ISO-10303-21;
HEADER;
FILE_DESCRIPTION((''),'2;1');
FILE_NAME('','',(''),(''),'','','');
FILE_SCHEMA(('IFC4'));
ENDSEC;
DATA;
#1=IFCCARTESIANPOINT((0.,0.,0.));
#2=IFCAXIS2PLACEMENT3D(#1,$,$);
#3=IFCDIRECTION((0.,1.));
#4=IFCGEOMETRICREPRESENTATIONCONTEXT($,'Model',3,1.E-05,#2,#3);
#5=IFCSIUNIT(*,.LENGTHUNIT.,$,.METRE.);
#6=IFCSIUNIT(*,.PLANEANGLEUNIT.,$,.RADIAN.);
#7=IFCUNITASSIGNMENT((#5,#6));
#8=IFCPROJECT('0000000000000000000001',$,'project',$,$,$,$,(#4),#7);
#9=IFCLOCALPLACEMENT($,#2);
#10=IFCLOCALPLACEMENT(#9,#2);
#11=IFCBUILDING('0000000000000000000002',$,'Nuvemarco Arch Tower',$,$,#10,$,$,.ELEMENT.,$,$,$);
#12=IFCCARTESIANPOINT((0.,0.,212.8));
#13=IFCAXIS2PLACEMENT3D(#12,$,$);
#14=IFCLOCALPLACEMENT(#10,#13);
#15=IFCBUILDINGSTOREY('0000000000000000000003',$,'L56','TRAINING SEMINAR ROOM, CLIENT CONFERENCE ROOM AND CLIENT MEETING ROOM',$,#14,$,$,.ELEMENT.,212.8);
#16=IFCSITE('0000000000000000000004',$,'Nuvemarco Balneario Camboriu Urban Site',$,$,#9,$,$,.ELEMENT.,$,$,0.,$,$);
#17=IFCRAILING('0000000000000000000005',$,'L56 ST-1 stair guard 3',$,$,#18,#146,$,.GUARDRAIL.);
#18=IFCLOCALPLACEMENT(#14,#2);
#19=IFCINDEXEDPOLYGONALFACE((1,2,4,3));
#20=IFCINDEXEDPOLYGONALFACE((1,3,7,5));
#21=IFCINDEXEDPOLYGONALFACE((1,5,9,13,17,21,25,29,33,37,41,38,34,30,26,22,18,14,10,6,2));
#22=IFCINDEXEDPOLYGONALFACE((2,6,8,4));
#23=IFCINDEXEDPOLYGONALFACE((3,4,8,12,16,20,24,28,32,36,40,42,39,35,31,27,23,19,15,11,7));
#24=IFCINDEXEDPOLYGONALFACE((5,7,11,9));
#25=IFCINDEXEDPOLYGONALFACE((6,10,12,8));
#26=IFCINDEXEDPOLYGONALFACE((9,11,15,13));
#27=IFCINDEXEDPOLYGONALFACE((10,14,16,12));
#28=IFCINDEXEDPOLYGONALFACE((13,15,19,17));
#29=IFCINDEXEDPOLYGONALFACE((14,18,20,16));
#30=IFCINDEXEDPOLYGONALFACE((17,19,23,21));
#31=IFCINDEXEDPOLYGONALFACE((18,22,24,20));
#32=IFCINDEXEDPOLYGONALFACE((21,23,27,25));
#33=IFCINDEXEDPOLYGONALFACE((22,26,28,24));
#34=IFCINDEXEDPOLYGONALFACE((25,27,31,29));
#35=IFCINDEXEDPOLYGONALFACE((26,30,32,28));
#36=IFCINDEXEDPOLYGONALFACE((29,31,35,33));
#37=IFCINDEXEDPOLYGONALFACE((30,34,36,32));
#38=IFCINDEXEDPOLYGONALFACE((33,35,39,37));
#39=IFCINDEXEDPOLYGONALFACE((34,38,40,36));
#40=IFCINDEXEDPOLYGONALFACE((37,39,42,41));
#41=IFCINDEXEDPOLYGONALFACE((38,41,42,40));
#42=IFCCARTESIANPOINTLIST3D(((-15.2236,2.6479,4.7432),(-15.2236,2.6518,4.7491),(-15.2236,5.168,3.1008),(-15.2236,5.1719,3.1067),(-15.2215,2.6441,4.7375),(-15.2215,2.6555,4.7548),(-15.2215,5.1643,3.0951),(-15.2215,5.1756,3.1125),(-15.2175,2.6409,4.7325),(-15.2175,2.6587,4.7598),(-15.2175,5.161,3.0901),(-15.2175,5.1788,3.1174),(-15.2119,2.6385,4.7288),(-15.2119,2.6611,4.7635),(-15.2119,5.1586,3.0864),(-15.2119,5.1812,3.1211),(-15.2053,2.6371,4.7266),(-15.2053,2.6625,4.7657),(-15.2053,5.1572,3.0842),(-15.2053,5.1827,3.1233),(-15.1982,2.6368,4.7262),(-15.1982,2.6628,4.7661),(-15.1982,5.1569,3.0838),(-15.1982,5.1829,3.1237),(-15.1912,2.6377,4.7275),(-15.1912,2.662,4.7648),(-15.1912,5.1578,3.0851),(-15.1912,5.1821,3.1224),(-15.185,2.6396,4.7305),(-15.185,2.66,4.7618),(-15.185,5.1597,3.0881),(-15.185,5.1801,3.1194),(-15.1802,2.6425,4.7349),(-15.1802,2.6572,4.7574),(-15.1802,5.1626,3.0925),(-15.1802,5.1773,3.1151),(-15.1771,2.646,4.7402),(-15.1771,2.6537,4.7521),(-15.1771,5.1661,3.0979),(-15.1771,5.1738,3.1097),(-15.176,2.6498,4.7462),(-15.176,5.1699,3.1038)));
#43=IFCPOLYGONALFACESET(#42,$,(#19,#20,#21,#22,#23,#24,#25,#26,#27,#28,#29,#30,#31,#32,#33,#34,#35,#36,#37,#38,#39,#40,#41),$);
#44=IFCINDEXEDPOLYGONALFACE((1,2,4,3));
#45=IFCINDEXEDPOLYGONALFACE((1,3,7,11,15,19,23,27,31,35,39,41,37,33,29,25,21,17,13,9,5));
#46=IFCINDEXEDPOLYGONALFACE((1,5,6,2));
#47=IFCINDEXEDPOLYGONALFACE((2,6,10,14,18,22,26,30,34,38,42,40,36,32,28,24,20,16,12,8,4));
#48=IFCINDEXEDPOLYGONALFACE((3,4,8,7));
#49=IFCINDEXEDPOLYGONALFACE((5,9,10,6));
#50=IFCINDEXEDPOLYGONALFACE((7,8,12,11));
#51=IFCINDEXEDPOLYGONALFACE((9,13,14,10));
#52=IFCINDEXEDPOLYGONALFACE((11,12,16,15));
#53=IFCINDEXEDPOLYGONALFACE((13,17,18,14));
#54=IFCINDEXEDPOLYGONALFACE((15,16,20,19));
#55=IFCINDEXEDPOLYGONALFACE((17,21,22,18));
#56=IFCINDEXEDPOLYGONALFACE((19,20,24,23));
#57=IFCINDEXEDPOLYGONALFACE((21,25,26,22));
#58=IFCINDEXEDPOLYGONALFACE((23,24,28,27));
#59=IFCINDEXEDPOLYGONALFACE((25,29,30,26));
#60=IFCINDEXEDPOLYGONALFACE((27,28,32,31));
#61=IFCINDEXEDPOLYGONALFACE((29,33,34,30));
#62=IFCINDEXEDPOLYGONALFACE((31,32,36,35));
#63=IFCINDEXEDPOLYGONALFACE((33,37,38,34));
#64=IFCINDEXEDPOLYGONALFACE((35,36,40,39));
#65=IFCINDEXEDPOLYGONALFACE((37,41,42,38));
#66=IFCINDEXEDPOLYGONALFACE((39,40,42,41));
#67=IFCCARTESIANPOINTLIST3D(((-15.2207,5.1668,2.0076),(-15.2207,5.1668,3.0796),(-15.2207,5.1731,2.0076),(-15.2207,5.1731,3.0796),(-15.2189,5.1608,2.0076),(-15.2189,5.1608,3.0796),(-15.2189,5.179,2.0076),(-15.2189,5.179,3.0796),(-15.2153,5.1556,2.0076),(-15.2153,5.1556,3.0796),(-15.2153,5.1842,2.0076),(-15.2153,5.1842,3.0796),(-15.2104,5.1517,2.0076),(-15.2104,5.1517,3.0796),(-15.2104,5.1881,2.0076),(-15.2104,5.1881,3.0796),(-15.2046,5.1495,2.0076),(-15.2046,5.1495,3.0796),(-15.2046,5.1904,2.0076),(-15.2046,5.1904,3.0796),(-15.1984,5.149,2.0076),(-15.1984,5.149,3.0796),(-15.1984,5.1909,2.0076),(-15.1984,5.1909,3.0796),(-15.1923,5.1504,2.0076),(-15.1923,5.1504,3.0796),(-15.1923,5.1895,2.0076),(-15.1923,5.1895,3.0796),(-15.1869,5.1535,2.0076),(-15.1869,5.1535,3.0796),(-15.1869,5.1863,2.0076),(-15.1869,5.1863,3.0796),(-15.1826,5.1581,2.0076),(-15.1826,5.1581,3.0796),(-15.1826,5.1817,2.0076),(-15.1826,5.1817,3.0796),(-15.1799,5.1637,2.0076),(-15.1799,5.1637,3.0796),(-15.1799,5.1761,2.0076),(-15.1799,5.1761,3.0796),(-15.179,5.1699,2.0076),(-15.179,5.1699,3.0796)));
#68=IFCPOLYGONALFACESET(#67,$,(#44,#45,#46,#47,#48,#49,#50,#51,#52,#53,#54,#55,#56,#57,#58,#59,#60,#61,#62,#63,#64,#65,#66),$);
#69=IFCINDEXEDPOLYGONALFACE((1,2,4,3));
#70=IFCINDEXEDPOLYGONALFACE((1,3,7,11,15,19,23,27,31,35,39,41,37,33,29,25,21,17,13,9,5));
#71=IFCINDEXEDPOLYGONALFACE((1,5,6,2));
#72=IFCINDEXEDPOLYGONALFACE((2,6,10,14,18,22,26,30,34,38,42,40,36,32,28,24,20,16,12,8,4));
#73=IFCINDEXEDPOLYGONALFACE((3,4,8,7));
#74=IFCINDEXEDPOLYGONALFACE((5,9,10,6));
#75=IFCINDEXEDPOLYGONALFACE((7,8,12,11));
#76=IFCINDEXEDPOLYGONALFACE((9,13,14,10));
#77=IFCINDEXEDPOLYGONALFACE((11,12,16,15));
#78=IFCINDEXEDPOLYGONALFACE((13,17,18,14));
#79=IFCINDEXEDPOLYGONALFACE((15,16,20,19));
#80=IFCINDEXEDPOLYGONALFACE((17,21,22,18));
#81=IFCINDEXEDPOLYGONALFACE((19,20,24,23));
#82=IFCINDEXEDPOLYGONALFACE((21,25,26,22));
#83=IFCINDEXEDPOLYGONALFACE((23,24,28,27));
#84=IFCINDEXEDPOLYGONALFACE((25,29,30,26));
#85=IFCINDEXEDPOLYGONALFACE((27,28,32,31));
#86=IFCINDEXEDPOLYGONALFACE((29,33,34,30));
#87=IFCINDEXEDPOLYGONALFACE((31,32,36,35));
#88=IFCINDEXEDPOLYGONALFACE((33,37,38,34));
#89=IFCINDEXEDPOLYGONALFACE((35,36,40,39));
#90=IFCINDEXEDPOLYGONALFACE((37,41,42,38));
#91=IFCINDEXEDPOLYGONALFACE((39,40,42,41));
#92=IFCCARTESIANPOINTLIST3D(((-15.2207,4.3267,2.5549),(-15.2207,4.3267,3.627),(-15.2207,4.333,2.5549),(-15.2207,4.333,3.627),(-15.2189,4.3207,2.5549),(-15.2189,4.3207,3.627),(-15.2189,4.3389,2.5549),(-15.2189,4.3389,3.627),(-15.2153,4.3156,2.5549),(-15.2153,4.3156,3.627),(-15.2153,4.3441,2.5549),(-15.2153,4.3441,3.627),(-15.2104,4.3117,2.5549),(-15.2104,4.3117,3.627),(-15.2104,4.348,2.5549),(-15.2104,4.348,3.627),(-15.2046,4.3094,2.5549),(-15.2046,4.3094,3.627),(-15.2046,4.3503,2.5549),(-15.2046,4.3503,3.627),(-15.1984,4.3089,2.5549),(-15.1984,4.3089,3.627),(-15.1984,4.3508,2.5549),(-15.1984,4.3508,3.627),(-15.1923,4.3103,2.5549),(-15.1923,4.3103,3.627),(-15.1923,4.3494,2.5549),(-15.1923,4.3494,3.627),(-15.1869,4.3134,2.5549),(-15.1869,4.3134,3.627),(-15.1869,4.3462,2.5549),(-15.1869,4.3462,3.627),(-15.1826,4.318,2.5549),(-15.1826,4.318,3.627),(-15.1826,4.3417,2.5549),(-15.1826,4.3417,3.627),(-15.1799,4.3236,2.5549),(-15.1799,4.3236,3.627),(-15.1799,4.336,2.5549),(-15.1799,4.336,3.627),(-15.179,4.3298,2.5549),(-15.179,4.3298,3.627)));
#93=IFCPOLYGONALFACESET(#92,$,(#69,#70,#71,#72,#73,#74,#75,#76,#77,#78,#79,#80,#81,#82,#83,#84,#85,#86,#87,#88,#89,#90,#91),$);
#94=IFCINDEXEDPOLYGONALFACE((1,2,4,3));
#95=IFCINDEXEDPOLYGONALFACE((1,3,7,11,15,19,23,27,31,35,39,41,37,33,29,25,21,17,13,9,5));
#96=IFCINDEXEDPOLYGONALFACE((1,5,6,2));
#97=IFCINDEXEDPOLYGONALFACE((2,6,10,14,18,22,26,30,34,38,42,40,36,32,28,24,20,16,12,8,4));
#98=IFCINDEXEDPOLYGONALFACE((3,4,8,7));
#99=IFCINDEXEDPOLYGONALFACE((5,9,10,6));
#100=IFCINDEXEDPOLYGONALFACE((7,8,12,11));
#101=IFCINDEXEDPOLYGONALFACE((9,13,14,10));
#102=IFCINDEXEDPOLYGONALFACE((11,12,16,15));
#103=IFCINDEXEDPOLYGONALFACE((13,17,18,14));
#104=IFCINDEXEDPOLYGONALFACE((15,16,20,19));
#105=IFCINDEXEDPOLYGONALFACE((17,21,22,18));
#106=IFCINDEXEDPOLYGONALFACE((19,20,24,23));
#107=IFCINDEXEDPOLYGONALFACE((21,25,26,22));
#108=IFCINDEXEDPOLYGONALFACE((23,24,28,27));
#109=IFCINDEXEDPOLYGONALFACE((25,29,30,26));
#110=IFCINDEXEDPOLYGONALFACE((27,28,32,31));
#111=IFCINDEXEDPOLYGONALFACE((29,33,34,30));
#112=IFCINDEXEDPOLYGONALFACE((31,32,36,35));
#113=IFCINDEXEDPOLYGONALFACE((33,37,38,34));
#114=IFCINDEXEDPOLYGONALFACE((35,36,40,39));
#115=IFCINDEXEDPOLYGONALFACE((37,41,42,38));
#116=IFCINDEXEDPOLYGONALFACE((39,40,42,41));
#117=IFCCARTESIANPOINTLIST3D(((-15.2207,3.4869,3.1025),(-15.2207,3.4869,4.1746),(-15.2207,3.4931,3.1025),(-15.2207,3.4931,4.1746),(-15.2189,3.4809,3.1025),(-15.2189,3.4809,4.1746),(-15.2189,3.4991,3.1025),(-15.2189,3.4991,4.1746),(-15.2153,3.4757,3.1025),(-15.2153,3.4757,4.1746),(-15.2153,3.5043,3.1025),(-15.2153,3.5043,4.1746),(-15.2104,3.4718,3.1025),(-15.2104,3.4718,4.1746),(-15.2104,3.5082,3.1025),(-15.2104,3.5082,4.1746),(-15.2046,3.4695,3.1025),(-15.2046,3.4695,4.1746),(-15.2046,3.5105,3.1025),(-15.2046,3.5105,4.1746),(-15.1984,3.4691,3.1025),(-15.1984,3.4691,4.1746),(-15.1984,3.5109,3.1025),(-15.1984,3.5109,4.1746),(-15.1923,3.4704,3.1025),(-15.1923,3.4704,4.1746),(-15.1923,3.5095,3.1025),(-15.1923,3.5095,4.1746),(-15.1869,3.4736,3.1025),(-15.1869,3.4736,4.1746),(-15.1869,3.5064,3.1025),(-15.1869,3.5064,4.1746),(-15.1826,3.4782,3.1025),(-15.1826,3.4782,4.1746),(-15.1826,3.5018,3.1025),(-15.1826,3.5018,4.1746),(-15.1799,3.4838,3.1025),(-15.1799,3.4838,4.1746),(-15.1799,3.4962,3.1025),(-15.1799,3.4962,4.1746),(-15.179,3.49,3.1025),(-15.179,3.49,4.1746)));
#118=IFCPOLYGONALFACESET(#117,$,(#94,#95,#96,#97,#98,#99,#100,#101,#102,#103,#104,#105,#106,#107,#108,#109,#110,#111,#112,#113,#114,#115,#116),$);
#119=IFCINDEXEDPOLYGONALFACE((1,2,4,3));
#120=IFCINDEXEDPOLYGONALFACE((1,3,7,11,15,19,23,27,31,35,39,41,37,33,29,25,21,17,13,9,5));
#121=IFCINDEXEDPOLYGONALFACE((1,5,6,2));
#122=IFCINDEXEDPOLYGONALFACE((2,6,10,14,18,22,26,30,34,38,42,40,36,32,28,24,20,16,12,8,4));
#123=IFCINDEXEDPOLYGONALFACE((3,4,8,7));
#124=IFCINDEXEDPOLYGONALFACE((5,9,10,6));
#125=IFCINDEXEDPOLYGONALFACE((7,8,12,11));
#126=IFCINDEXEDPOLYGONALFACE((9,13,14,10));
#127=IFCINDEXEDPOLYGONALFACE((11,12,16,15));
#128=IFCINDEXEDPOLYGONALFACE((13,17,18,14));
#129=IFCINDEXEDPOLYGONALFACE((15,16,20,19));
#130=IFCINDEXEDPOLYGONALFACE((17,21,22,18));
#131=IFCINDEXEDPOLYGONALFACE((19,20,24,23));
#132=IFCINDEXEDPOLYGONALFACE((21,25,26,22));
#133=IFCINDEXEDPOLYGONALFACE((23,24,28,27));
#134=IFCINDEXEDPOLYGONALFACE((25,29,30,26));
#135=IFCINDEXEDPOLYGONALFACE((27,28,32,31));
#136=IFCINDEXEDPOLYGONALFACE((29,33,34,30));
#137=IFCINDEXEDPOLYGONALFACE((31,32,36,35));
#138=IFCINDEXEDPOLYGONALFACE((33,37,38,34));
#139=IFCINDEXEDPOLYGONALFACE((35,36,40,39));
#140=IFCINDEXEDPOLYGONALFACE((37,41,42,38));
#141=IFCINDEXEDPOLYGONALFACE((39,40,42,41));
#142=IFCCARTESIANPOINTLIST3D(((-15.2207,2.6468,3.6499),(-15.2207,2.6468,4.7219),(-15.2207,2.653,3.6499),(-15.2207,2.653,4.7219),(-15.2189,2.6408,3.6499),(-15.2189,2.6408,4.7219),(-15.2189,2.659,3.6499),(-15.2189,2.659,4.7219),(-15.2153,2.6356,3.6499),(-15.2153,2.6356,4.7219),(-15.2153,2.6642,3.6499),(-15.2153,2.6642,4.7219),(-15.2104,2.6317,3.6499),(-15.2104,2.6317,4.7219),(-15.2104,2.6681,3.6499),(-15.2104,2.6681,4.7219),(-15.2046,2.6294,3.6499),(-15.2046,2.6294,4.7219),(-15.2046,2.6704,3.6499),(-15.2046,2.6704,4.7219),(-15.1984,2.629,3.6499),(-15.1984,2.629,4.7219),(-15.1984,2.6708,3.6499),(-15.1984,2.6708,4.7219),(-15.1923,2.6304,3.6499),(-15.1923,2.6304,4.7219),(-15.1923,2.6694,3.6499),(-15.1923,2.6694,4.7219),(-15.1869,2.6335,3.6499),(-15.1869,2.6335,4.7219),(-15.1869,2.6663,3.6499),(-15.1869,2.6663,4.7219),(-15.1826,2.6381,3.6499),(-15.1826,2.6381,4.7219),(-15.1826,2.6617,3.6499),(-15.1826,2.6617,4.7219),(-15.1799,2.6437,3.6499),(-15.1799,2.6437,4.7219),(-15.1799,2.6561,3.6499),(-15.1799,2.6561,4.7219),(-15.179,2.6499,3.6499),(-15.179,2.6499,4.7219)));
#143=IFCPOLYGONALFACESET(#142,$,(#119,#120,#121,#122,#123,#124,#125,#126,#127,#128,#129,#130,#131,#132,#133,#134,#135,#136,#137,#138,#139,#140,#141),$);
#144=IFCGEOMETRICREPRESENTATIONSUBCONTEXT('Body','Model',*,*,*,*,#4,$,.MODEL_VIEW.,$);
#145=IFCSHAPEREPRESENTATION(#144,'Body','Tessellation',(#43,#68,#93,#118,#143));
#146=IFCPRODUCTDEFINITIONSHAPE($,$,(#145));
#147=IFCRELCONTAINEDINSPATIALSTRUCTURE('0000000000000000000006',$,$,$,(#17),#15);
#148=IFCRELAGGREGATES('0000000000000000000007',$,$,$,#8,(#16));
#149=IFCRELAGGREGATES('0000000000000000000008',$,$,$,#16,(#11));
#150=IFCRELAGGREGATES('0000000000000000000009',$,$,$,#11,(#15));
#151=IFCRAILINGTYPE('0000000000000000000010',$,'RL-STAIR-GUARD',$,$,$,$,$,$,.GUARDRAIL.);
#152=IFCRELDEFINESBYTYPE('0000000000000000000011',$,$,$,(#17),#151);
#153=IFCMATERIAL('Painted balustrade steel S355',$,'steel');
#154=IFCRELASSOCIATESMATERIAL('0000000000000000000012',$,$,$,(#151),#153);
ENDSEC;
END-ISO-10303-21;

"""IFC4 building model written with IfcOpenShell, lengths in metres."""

from ifc_helpers import new_model, si_unit, direction, frame, origin, origin_2d, place, context, subcontext, project, spatial, circle, extrude, material, type_object, element, save


model = new_model("IFC4")

# Units and contexts
model_context = context("Model", 3, precision=1e-05, world=origin(), true_north=direction((0.0, 1.0)))
body_context = subcontext(model_context, "Body", "Model", "MODEL_VIEW")
ifc_project = project(units=[si_unit("LENGTHUNIT", "METRE"), si_unit("PLANEANGLEUNIT", "RADIAN")], contexts=[model_context])

# Site, building, storey
site_placement = place(None, origin())
site = spatial("IfcSite", under=ifc_project, at=site_placement, Name="Nuvemarco Balneario Camboriu Urban Site", CompositionType="ELEMENT", RefElevation=0.0)
building_placement = place(site_placement, origin())
building = spatial("IfcBuilding", under=site, at=building_placement, Name="Nuvemarco Arch Tower", CompositionType="ELEMENT")
storey_placement = place(building_placement, frame((0.0, 0.0, 212.8)))
storey = spatial("IfcBuildingStorey", under=building, at=storey_placement, Name="L56", Description="TRAINING SEMINAR ROOM, CLIENT CONFERENCE ROOM AND CLIENT MEETING ROOM", CompositionType="ELEMENT", Elevation=212.8)

# Railing
ifc_material_1 = material(Name="Painted balustrade steel S355", Category="steel")
railing_type_1 = type_object("IfcRailingType", Name="RL-STAIR-GUARD", PredefinedType="GUARDRAIL", material=ifc_material_1)
railing_1_placement = place(storey_placement, frame((-15.2, 5.1699, 2.0076)))
element("IfcRailing", 1, at=railing_1_placement, inside=storey, type_object=railing_type_1, Name="L56 ST-1 stair guard 3", PredefinedType="GUARDRAIL", context=body_context, shape_type="SweptSolid", body=[
    extrude(circle(Radius=0.0239, at=origin_2d()), frame((0.0, 0.0, 1.0962), z_axis=(0.0, -0.837787, 0.545998), x_axis=(1.0, 0.0, 0.0)), (0.0, 0.0, 1.0), 3.0081),
    extrude(circle(Radius=0.021, at=origin_2d()), origin(), (0.0, 0.0, 1.0), 1.072),
    extrude(circle(Radius=0.021, at=origin_2d()), frame((0.0, -0.8401, 0.5474)), (0.0, 0.0, 1.0), 1.072),
    extrude(circle(Radius=0.021, at=origin_2d()), frame((0.0, -1.6799, 1.095)), (0.0, 0.0, 1.0), 1.072),
    extrude(circle(Radius=0.021, at=origin_2d()), frame((0.0, -2.52, 1.6423)), (0.0, 0.0, 1.0), 1.072),
])

save(model, "model.ifc")
